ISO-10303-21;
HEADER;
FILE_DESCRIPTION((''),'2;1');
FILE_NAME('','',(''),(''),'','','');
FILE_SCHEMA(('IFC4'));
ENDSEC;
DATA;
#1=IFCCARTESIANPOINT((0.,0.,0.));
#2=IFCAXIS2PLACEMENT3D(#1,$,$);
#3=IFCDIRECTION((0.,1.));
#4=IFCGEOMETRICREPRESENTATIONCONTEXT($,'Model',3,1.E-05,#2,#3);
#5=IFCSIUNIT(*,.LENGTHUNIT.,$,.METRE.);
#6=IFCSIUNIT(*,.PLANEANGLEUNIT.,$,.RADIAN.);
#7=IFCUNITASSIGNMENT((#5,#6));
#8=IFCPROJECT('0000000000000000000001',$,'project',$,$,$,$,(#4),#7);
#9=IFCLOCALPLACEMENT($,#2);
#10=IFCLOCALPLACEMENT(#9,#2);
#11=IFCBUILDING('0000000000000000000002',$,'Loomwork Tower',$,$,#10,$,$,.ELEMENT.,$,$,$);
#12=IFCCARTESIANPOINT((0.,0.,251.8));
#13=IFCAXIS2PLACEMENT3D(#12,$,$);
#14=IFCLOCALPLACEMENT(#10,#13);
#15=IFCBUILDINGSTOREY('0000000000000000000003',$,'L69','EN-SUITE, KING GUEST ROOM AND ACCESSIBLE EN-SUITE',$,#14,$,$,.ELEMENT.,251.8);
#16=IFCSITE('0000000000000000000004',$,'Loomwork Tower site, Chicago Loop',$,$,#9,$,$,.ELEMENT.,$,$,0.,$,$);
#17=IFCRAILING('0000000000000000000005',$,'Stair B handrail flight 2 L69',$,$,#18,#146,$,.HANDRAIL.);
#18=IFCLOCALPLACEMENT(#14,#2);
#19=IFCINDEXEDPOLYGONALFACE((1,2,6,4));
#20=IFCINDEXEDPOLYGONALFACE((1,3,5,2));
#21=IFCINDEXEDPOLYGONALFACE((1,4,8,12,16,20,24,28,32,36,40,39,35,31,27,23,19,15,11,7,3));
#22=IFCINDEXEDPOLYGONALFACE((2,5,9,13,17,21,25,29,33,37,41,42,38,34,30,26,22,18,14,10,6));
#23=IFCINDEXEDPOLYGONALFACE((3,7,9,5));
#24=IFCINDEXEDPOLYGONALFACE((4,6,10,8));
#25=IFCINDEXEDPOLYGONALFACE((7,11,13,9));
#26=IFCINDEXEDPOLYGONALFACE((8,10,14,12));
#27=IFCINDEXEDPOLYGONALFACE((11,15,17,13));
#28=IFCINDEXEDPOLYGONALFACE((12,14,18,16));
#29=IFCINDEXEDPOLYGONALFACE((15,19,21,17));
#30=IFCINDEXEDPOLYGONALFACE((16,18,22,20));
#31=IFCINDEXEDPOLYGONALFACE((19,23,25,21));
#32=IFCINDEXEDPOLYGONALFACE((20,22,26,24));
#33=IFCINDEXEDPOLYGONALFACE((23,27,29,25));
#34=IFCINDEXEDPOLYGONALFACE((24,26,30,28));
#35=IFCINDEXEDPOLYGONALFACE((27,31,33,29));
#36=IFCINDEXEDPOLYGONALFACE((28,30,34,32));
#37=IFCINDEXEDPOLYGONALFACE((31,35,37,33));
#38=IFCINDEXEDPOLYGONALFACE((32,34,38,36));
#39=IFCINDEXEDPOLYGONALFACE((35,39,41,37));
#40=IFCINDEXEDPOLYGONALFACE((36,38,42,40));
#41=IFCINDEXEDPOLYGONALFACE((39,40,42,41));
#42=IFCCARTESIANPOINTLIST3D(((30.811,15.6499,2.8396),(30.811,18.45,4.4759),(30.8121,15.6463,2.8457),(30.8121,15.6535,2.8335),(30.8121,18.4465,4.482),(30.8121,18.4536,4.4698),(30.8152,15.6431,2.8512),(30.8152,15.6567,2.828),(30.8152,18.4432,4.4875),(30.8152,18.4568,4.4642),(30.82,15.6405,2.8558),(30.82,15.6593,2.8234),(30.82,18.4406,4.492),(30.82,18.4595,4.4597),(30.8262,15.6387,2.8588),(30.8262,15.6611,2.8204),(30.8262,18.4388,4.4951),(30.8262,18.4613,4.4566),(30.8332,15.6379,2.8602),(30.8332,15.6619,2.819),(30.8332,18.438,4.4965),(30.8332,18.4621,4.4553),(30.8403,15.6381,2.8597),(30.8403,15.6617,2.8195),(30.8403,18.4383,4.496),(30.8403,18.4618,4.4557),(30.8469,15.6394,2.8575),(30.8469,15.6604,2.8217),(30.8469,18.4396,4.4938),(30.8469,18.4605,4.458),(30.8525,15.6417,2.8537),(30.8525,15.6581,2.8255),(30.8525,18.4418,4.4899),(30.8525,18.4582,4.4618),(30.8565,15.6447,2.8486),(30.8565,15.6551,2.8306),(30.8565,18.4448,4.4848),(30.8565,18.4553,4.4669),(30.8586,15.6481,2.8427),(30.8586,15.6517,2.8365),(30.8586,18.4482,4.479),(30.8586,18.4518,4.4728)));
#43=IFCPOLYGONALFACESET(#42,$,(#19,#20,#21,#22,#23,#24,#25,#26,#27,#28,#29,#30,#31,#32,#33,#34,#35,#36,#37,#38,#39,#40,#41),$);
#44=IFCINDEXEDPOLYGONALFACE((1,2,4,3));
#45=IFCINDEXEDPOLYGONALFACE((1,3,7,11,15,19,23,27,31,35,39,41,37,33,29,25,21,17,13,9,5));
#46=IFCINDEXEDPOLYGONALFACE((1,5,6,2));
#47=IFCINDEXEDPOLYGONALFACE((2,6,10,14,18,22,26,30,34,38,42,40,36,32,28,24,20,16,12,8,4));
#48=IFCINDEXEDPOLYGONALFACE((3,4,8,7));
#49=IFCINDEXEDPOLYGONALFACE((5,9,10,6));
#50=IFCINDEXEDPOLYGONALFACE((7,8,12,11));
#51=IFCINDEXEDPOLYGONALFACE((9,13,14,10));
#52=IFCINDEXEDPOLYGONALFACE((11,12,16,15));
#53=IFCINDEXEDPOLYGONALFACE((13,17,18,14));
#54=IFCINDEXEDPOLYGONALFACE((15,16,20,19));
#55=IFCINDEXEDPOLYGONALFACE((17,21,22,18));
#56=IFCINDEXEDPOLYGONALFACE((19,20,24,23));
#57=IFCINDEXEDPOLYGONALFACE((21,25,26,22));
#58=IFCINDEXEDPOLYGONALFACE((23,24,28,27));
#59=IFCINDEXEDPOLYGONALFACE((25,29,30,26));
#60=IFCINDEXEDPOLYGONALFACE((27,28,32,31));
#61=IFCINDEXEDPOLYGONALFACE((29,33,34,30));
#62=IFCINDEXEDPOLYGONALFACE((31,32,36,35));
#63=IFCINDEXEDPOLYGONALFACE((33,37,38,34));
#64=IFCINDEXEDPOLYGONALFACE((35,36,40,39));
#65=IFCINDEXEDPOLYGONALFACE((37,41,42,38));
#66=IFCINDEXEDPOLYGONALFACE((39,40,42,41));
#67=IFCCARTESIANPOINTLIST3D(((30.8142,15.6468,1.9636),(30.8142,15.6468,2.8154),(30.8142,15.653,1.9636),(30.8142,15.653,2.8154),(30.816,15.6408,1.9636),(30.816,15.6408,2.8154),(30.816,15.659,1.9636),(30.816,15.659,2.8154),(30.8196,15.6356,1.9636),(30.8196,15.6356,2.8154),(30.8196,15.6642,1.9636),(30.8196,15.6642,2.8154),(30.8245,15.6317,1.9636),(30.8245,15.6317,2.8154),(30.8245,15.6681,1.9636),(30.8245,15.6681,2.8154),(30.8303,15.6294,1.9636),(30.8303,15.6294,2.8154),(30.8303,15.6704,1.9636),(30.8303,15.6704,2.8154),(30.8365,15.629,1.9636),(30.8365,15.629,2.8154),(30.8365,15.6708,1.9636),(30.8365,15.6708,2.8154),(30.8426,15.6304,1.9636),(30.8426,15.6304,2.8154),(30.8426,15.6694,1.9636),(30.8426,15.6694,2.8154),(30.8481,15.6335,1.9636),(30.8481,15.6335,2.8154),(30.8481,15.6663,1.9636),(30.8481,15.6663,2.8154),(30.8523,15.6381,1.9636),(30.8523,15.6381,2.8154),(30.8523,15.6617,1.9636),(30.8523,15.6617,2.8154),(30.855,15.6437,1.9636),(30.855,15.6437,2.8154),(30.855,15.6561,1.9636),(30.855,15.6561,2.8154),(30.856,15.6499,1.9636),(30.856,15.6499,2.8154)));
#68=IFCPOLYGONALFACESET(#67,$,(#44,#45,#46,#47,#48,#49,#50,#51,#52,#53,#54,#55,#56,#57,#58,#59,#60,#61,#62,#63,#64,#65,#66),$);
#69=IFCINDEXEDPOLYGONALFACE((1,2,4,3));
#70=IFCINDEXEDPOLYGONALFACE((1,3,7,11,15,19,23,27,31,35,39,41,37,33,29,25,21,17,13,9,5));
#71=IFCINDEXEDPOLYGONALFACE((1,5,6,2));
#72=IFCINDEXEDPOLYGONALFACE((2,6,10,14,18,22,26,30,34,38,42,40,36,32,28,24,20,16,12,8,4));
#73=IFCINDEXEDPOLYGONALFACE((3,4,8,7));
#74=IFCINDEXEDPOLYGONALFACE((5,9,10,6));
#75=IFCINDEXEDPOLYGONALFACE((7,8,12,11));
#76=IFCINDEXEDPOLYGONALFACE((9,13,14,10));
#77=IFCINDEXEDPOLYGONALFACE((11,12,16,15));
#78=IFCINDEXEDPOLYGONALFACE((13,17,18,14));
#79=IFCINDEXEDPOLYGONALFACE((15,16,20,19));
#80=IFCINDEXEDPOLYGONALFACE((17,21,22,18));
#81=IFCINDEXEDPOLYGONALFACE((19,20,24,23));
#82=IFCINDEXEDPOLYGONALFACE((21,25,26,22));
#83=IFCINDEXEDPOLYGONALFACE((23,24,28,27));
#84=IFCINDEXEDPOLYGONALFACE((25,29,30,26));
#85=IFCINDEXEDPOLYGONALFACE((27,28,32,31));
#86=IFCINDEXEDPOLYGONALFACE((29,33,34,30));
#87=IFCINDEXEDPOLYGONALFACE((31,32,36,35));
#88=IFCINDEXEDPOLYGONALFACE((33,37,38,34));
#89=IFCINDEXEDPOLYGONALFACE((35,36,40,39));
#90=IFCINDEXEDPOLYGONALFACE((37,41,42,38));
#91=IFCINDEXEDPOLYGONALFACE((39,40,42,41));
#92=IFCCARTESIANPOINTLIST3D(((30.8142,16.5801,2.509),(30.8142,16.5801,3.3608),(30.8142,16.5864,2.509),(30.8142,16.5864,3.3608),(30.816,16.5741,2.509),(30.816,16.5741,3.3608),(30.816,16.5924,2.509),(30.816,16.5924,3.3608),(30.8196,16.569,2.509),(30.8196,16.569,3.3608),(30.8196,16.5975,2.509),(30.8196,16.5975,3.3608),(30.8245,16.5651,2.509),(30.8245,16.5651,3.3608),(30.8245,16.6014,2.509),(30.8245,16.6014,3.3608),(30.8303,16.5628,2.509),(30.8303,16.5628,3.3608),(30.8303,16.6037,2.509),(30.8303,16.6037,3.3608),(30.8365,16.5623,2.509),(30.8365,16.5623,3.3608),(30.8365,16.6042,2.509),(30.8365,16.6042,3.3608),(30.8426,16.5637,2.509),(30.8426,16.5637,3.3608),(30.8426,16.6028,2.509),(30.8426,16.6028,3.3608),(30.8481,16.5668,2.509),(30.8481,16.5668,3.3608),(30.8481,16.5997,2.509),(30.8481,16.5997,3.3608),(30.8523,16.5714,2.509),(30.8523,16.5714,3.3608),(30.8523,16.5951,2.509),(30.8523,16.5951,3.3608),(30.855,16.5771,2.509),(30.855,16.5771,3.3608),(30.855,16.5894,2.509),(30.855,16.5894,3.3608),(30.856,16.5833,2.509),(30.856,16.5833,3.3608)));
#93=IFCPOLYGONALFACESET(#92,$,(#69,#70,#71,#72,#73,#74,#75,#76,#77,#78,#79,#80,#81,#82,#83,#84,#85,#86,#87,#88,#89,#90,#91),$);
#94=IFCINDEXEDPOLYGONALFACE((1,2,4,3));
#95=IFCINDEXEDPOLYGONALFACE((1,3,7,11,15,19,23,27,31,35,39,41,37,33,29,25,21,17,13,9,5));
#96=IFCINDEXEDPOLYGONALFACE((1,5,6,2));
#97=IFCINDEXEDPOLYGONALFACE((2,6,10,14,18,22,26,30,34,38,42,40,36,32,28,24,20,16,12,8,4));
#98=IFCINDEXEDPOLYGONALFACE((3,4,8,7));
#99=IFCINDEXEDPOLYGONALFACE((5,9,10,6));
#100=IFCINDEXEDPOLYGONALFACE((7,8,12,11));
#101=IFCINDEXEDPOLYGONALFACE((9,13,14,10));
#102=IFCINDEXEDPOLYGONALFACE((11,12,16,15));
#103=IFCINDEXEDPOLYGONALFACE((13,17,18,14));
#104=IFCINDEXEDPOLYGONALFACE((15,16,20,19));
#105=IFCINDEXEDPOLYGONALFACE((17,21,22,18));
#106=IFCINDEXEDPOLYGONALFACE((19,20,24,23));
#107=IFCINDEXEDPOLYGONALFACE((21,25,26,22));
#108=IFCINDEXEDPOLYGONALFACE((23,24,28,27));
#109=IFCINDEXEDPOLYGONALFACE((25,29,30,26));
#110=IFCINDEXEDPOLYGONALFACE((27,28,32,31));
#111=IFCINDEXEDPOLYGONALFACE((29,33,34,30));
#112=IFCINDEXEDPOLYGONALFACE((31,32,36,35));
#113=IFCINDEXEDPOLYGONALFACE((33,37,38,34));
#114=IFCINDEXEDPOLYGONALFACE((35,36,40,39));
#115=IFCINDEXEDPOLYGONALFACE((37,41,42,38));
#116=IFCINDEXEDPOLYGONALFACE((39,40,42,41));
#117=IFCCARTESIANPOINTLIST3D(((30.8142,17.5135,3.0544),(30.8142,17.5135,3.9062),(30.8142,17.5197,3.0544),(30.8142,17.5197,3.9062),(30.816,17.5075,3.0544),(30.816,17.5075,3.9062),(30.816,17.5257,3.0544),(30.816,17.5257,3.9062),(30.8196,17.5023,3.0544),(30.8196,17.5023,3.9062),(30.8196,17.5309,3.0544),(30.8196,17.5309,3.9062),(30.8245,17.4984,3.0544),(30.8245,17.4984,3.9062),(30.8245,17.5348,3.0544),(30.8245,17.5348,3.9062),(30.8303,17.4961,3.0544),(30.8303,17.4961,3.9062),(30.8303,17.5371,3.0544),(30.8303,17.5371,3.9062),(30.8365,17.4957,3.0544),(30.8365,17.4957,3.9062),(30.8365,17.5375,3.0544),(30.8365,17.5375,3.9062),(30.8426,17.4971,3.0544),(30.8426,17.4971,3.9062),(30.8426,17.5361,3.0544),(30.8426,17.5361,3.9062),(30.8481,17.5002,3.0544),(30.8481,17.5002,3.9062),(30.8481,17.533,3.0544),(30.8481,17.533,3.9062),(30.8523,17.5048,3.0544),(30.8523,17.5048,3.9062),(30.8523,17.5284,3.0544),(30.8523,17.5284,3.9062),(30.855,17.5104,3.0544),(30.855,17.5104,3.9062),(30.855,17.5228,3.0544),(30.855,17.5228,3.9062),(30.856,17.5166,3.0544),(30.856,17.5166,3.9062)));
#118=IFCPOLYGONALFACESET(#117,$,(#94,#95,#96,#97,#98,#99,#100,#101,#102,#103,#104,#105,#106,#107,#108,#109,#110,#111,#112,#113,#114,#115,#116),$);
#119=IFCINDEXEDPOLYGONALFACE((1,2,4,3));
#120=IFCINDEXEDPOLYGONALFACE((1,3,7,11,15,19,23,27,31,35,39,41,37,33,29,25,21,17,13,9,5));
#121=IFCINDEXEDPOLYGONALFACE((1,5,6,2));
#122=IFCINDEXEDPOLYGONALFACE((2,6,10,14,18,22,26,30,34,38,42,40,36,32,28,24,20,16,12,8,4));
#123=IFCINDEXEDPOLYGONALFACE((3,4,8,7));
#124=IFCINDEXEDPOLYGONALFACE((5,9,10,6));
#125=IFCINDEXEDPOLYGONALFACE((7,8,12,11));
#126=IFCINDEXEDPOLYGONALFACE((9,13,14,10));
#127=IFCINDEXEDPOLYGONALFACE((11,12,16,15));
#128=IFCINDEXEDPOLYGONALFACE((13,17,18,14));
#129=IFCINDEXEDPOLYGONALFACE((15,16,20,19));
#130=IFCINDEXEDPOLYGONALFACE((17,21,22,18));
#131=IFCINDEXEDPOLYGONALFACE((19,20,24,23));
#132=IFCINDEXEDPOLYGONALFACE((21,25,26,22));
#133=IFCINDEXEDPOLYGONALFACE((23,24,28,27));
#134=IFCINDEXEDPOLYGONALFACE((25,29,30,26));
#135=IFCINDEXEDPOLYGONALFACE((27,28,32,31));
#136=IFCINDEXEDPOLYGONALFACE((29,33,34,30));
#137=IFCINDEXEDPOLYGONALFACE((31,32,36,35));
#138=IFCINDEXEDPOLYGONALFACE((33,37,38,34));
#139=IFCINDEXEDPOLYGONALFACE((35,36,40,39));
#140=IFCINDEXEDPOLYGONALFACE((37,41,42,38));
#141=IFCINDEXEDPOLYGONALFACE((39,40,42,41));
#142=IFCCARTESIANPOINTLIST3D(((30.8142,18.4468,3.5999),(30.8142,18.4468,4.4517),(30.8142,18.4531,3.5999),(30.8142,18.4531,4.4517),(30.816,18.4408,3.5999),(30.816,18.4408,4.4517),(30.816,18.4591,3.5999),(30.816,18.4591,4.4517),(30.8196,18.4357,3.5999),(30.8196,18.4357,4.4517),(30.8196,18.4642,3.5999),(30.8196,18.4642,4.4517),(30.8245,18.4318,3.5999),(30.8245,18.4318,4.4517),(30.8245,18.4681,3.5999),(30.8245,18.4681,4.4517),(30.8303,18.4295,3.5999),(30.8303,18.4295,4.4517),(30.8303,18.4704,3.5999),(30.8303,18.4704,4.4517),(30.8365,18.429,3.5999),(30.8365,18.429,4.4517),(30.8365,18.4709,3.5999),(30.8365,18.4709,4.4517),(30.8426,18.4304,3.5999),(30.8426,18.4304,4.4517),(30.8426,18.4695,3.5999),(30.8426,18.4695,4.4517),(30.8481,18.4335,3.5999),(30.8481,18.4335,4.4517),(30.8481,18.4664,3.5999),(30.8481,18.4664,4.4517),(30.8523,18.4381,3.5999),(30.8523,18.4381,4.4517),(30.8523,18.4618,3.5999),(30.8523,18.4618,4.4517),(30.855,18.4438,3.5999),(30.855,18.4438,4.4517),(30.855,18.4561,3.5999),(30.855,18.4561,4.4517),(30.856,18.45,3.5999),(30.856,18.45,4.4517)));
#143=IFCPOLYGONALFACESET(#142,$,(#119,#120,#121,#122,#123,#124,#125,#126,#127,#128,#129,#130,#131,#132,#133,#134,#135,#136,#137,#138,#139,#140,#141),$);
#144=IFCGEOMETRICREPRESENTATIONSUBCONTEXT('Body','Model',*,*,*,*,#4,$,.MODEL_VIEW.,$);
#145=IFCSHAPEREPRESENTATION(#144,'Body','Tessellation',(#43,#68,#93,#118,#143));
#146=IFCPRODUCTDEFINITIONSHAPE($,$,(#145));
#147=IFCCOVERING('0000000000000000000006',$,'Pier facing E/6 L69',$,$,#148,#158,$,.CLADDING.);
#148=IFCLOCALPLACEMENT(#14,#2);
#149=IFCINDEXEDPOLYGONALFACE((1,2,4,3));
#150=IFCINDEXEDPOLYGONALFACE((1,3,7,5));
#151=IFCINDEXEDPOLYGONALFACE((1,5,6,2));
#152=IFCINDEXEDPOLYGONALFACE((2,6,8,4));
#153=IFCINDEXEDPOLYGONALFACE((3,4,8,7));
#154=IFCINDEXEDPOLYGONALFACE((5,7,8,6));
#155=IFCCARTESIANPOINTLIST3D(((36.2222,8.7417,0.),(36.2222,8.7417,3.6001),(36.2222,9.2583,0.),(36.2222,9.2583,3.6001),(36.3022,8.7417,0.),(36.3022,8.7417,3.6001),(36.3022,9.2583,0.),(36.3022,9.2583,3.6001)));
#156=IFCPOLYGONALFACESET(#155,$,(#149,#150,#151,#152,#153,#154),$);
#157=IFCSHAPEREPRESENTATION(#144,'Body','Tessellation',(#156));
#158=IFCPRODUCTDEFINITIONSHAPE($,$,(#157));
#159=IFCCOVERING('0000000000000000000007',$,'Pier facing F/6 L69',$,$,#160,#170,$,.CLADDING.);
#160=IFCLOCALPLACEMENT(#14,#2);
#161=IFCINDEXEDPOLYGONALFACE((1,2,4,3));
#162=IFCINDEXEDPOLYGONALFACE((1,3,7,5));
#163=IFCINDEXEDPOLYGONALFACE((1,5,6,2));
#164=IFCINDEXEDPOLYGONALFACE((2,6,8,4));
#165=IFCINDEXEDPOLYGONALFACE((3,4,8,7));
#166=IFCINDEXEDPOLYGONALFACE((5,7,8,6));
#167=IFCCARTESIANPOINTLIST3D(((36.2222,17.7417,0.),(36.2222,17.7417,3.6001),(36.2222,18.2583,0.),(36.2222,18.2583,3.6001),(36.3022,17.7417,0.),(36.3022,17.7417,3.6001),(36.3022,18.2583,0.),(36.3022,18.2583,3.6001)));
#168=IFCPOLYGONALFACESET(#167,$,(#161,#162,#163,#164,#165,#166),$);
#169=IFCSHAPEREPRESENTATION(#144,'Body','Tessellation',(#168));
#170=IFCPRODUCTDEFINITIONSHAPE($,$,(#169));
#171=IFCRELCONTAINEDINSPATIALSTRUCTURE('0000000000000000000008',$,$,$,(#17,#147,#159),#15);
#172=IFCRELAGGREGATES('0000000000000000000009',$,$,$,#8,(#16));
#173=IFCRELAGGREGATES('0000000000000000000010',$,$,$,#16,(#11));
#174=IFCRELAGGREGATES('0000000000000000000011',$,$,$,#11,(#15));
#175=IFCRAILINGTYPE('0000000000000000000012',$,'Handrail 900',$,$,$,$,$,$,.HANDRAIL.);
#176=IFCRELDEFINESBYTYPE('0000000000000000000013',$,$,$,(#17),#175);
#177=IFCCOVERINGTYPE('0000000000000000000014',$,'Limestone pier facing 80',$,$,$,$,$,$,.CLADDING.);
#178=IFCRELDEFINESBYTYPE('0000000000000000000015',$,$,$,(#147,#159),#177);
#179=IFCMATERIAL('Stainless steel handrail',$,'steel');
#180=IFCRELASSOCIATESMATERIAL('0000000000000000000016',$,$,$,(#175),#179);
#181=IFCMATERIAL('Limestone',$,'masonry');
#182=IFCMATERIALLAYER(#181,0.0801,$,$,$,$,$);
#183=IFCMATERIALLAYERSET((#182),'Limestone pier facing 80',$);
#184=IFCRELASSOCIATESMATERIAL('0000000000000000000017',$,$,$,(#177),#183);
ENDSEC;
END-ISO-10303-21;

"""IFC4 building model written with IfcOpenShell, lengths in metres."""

from ifc_helpers import new_model, si_unit, direction, frame, origin, origin_2d, place, context, subcontext, project, spatial, rectangle, circle, extrude, material, layer, layer_set, type_object, element, save


model = new_model("IFC4")

# Units and contexts
model_context = context("Model", 3, precision=1e-05, world=origin(), true_north=direction((0.0, 1.0)))
body_context = subcontext(model_context, "Body", "Model", "MODEL_VIEW")
ifc_project = project(units=[si_unit("LENGTHUNIT", "METRE"), si_unit("PLANEANGLEUNIT", "RADIAN")], contexts=[model_context])

# Site, building, storey
site_placement = place(None, origin())
site = spatial("IfcSite", under=ifc_project, at=site_placement, Name="Loomwork Tower site, Chicago Loop", CompositionType="ELEMENT", RefElevation=0.0)
building_placement = place(site_placement, origin())
building = spatial("IfcBuilding", under=site, at=building_placement, Name="Loomwork Tower", CompositionType="ELEMENT")
storey_placement = place(building_placement, frame((0.0, 0.0, 251.8)))
storey = spatial("IfcBuildingStorey", under=building, at=storey_placement, Name="L69", Description="EN-SUITE, KING GUEST ROOM AND ACCESSIBLE EN-SUITE", CompositionType="ELEMENT", Elevation=251.8)

# Railing
ifc_material_1 = material(Name="Stainless steel handrail", Category="steel")
railing_type = type_object("IfcRailingType", Name="Handrail 900", PredefinedType="HANDRAIL", material=ifc_material_1)
railing_placement = place(storey_placement, frame((30.835, 15.6499, 1.9636)))
element("IfcRailing", 1, at=railing_placement, inside=storey, type_object=railing_type, Name="Stair B handrail flight 2 L69", PredefinedType="HANDRAIL", context=body_context, shape_type="SweptSolid", body=[
    extrude(circle(Radius=0.0239, at=origin_2d()), frame((0.0, 0.0, 0.876), z_axis=(0.0, 0.863394, 0.504531), x_axis=(-1.0, 0.0, 0.0)), (0.0, 0.0, 1.0), 3.2432),
    extrude(circle(Radius=0.021, at=origin_2d()), origin(), (0.0, 0.0, 1.0), 0.8518),
    extrude(circle(Radius=0.021, at=origin_2d()), frame((0.0, 0.9333, 0.5454)), (0.0, 0.0, 1.0), 0.8518),
    extrude(circle(Radius=0.021, at=origin_2d()), frame((0.0, 1.8667, 1.0908)), (0.0, 0.0, 1.0), 0.8518),
    extrude(circle(Radius=0.021, at=origin_2d()), frame((0.0, 2.8, 1.6362)), (0.0, 0.0, 1.0), 0.8518),
])

# Coverings
ifc_material_2 = material(Name="Limestone", Category="masonry")
ifc_layer_1 = layer(ifc_material_2, 0.0801)
ifc_layer_set_1 = layer_set([ifc_layer_1], Name="Limestone pier facing 80")
covering_type = type_object("IfcCoveringType", Name="Limestone pier facing 80", PredefinedType="CLADDING", material=ifc_layer_set_1)
for number, where, z_axis, x_axis, name in (
    (2, (36.2622, 9.0, 0.0), (0.0, 0.0, 1.0), (1.0, 0.0, 0.0), "Pier facing E/6 L69"),
    (3, (36.2622, 18.0, 0.0), (0.0, 0.0, 1.0), (1.0, 0.0, 0.0), "Pier facing F/6 L69"),
):
    element("IfcCovering", number, at=place(storey_placement, frame(where, z_axis=z_axis, x_axis=x_axis)), inside=storey, type_object=covering_type, Name=name, PredefinedType="CLADDING", context=body_context, shape_type="SweptSolid", body=[
        extrude(rectangle(XDim=0.0801, YDim=0.5166, at=origin_2d()), origin(), (0.0, 0.0, 1.0), 3.6001),
    ])

save(model, "model.ifc")
